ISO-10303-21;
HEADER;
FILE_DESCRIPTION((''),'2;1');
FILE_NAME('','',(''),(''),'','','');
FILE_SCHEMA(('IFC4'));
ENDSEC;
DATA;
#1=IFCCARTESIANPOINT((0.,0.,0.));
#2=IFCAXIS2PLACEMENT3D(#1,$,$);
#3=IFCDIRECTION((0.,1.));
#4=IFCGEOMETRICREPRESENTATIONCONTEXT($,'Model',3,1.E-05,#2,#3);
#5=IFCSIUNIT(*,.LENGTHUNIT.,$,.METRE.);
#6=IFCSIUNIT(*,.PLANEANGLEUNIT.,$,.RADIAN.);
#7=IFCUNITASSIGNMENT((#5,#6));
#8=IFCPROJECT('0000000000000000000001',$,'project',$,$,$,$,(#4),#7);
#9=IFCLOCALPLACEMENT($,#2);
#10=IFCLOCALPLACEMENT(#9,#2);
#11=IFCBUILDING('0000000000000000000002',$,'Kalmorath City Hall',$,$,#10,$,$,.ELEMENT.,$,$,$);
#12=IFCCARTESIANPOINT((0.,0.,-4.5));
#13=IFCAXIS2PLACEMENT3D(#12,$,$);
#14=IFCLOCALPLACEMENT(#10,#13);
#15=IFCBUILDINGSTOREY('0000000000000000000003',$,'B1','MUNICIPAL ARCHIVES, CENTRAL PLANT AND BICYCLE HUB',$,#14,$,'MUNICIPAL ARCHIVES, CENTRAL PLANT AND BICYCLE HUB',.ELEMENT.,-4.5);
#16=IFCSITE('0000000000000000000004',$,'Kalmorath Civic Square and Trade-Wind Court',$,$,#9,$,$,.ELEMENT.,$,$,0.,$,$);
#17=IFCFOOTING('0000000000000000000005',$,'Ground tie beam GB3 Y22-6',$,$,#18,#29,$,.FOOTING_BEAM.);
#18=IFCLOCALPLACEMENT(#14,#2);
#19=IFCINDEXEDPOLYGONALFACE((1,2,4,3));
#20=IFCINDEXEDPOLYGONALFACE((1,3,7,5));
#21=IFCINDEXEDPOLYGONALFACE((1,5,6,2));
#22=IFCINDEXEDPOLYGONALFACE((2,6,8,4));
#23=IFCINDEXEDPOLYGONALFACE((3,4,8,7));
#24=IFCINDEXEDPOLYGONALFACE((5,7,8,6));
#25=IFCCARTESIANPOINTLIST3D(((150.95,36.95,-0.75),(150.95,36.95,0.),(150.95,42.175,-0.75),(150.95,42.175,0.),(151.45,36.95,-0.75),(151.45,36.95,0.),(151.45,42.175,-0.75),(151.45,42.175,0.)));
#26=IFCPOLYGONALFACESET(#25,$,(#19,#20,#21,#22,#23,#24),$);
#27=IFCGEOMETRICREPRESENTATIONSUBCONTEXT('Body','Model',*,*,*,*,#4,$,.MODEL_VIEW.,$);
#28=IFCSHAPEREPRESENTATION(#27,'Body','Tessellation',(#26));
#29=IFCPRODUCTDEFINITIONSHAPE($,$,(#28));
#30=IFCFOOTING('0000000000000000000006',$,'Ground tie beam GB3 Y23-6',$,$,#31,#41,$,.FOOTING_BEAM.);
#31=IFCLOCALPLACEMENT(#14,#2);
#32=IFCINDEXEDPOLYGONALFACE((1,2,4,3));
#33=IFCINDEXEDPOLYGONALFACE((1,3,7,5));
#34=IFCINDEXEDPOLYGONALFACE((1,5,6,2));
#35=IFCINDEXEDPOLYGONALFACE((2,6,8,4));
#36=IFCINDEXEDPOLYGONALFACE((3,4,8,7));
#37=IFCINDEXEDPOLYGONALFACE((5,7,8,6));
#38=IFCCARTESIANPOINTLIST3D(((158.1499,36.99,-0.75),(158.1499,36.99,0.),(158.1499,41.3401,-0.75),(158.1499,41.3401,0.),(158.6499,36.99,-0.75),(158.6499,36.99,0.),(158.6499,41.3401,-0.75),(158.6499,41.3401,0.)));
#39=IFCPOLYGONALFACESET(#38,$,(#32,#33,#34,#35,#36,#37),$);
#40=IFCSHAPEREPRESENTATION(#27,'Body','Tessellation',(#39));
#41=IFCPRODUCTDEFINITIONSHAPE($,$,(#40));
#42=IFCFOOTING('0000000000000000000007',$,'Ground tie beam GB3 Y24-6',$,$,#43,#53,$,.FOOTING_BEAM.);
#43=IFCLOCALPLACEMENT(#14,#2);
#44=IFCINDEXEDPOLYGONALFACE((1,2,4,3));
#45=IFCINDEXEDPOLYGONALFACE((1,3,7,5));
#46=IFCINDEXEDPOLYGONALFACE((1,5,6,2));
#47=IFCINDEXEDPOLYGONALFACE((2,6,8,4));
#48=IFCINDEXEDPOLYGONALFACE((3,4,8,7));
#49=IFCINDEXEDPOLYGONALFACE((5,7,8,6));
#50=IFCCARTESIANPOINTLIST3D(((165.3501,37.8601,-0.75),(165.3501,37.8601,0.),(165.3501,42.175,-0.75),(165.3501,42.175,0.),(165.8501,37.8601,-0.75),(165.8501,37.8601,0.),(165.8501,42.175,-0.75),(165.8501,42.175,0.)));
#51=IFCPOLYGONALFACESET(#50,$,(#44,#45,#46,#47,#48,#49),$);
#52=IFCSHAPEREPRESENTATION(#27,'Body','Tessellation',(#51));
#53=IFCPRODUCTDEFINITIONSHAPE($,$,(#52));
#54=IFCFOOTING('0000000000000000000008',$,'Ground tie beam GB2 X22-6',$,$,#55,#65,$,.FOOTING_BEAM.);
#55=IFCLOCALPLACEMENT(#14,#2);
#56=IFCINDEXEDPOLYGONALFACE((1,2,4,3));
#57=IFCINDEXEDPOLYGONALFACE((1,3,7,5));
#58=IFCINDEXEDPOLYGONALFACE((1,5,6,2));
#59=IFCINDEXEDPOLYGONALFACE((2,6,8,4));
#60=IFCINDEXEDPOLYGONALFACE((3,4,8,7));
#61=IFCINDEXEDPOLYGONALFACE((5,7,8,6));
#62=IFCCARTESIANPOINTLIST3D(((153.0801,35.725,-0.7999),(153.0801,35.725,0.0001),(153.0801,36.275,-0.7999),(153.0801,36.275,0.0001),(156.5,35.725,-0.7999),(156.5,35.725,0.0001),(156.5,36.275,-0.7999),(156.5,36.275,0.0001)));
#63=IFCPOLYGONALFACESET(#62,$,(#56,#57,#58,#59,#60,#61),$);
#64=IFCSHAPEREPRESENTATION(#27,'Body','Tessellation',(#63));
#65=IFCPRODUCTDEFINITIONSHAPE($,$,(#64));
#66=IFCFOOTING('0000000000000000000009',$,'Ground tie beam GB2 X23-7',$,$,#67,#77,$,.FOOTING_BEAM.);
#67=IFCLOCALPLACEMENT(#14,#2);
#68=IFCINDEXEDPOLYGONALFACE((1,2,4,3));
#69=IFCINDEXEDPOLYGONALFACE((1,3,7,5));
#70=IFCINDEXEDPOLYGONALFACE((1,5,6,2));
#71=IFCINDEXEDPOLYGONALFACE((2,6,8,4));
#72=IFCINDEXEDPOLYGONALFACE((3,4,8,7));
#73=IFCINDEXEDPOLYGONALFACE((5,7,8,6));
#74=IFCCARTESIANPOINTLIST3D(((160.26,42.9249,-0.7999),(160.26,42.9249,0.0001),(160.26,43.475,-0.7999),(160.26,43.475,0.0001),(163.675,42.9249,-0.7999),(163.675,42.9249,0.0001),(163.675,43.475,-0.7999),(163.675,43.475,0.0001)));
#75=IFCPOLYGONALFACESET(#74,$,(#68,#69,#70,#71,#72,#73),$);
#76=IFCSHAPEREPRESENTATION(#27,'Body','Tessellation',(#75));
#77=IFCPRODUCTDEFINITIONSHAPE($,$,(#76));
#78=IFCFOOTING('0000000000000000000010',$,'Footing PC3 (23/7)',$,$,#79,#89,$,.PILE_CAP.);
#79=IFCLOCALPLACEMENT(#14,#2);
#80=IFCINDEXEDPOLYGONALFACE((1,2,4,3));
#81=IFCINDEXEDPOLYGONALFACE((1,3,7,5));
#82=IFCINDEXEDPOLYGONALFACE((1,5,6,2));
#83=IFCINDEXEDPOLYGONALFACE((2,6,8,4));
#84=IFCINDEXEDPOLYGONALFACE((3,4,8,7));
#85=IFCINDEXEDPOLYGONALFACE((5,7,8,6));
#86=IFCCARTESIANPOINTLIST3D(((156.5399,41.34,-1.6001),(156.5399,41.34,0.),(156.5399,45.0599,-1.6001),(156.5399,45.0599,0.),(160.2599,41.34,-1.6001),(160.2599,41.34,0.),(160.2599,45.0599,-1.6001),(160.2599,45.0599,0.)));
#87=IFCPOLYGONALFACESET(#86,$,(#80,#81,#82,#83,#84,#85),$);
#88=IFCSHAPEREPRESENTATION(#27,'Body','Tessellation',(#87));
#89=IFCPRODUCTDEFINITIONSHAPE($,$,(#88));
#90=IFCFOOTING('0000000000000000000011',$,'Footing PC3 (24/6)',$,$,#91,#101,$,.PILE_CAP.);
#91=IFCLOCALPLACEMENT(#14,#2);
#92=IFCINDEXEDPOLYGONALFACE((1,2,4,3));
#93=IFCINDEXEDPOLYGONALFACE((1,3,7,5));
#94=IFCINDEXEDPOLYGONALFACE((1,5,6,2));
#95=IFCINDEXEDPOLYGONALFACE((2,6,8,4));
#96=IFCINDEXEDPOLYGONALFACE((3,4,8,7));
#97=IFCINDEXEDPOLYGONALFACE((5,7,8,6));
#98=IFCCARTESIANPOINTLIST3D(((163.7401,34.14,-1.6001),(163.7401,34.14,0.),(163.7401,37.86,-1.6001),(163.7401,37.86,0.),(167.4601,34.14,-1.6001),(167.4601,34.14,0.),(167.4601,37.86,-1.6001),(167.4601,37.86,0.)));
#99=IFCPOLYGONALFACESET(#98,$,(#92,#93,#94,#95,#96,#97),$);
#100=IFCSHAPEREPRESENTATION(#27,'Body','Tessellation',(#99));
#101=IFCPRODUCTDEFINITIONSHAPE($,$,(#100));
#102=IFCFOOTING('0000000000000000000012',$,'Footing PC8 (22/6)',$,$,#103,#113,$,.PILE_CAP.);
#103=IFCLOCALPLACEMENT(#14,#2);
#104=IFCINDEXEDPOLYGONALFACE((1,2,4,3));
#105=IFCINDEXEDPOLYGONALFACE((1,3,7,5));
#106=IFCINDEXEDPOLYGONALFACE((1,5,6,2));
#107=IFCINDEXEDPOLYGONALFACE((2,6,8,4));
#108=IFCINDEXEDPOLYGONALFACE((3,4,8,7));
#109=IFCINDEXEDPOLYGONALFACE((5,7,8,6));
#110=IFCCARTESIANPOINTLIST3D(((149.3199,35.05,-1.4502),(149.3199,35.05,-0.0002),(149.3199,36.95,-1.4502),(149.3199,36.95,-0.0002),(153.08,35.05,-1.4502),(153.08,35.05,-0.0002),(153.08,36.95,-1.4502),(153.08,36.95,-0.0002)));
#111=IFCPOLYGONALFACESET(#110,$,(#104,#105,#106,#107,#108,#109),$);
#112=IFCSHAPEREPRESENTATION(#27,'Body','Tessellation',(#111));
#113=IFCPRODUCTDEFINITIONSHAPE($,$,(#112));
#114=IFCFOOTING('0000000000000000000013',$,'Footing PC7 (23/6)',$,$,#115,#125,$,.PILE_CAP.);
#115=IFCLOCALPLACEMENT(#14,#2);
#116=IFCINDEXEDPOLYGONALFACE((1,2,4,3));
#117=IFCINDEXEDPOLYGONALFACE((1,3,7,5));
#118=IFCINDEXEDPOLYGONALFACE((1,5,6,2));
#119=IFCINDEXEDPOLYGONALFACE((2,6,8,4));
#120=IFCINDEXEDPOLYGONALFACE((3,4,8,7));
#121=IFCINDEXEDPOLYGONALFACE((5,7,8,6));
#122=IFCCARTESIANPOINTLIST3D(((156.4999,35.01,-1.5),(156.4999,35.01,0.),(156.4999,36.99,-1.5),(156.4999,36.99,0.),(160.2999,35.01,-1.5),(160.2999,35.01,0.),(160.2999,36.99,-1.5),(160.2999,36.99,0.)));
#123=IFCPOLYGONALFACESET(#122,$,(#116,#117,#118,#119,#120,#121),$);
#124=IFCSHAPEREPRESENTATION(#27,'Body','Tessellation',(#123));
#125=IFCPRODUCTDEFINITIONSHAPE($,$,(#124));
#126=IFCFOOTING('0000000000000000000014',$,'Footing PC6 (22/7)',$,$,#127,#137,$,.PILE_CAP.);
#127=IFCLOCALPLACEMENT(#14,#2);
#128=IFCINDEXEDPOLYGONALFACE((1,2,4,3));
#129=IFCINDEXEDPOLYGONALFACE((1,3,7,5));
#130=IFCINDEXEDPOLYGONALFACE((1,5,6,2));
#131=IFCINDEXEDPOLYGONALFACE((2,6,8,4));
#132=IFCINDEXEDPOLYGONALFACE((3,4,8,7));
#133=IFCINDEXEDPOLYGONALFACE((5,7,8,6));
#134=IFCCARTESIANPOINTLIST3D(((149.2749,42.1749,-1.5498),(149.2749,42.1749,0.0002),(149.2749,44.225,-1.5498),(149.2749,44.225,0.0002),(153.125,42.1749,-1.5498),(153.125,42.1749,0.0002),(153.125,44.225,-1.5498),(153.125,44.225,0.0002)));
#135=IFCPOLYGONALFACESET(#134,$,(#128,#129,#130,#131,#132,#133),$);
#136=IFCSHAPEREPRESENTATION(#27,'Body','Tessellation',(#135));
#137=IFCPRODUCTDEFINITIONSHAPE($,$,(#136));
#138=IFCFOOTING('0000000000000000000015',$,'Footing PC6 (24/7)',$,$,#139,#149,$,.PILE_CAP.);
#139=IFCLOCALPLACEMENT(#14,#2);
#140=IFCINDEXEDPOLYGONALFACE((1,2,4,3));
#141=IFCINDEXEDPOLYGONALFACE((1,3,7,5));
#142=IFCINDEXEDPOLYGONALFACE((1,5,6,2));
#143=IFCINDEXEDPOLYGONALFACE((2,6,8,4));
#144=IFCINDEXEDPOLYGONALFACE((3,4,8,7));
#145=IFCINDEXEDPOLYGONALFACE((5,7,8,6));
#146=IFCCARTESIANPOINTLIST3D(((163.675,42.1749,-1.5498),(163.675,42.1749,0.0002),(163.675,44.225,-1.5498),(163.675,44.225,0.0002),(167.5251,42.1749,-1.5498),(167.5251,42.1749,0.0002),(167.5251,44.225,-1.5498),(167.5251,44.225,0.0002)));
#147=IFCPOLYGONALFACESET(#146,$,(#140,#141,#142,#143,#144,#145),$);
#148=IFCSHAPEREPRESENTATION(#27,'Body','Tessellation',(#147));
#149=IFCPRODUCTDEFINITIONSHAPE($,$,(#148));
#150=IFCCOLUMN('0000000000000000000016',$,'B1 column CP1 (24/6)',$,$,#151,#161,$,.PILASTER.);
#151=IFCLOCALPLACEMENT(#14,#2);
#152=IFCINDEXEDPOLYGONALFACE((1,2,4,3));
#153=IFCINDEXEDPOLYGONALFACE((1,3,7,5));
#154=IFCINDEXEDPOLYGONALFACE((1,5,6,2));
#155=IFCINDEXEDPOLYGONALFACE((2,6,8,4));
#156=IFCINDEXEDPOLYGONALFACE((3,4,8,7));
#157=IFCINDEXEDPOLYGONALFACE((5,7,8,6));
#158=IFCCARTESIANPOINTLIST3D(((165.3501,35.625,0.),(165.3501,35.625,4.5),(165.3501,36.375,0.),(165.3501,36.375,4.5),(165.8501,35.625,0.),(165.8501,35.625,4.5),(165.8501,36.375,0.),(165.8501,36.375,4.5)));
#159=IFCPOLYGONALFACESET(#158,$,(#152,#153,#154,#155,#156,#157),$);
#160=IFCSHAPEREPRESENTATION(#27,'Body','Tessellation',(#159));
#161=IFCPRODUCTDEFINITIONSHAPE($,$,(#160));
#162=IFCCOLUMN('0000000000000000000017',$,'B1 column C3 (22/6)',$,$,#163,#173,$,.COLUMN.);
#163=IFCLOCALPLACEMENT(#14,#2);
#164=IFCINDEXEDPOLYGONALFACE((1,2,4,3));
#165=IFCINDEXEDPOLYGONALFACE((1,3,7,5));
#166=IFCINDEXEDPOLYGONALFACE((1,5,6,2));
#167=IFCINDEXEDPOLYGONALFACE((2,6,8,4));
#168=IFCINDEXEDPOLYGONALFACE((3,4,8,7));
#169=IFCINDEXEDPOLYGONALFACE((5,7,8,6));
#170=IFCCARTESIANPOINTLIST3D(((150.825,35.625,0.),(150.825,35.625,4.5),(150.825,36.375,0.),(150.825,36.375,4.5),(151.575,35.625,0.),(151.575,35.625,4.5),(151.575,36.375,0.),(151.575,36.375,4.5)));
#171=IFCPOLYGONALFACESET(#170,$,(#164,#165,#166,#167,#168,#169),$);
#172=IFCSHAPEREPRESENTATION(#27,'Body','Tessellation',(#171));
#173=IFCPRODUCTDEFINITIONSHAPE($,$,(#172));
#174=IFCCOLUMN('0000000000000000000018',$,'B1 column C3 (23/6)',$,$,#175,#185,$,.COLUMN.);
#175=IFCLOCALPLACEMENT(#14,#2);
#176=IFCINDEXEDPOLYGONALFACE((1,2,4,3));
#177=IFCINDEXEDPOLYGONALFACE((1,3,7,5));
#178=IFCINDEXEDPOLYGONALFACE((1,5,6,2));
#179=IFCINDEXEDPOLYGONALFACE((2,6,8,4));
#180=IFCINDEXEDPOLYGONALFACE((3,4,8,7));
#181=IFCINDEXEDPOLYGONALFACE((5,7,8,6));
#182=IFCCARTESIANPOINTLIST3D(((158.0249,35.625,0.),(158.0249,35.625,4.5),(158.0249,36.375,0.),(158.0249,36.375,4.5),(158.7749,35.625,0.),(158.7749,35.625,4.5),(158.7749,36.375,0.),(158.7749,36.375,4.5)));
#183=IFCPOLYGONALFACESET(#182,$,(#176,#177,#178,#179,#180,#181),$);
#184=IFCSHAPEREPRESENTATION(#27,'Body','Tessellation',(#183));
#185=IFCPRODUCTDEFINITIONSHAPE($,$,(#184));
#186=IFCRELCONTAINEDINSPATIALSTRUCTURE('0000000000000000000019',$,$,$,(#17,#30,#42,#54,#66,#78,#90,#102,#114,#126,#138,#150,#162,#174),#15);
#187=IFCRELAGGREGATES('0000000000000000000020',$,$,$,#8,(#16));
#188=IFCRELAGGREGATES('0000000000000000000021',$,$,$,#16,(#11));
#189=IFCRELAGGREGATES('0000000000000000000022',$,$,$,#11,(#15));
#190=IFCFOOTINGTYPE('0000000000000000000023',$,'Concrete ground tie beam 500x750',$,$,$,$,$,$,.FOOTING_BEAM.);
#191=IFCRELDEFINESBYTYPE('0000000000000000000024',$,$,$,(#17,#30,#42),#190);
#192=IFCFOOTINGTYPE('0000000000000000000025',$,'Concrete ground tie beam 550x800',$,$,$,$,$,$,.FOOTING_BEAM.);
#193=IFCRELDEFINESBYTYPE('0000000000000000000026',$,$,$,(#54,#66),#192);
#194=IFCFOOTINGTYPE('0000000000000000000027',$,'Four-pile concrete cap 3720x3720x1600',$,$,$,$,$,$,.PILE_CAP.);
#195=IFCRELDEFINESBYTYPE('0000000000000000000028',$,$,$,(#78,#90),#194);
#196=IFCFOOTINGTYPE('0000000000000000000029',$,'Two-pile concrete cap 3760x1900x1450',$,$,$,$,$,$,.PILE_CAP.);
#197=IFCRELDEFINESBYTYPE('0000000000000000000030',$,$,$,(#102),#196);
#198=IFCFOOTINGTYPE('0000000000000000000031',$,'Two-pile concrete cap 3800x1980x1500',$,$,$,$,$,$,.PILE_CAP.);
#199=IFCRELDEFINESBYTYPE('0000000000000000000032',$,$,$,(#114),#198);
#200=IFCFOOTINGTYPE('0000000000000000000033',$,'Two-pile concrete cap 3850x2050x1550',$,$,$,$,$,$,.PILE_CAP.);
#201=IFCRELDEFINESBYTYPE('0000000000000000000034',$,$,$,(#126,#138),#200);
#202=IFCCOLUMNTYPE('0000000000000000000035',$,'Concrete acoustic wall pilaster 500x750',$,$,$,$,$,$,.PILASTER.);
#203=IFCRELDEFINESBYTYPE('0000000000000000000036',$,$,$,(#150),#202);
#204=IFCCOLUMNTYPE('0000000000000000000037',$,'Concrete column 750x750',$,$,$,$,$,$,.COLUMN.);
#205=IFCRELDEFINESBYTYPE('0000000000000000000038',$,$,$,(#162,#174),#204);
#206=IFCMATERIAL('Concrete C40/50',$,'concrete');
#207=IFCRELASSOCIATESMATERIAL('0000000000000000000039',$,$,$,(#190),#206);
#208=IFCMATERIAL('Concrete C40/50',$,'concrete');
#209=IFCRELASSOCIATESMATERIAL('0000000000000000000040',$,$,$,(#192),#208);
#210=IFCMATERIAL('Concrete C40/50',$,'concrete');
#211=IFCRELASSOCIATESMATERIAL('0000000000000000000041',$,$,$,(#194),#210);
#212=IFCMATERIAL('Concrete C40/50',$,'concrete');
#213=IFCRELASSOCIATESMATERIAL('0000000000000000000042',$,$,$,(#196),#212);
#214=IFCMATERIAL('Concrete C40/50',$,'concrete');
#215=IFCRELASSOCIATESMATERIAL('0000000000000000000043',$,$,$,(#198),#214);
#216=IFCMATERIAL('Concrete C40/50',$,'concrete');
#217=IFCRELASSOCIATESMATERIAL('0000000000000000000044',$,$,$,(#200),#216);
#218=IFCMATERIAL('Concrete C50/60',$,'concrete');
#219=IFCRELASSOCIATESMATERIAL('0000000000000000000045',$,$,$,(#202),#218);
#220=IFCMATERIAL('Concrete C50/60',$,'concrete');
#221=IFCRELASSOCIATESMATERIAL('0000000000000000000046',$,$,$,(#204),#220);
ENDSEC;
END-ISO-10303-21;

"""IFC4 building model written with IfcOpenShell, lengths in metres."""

from ifc_helpers import new_model, si_unit, direction, frame, origin, origin_2d, place, context, subcontext, project, spatial, rectangle, extrude, material, material_profile, profile_set, type_object, element, save


model = new_model("IFC4")

# Units and contexts
model_context = context("Model", 3, precision=1e-05, world=origin(), true_north=direction((0.0, 1.0)))
body_context = subcontext(model_context, "Body", "Model", "MODEL_VIEW")
ifc_project = project(units=[si_unit("LENGTHUNIT", "METRE"), si_unit("PLANEANGLEUNIT", "RADIAN")], contexts=[model_context])

# Site, building, storey
site_placement = place(None, origin())
site = spatial("IfcSite", under=ifc_project, at=site_placement, Name="Kalmorath Civic Square and Trade-Wind Court", CompositionType="ELEMENT", RefElevation=0.0)
building_placement = place(site_placement, origin())
building = spatial("IfcBuilding", under=site, at=building_placement, Name="Kalmorath City Hall", CompositionType="ELEMENT")
storey_placement = place(building_placement, frame((0.0, 0.0, -4.5)))
storey = spatial("IfcBuildingStorey", under=building, at=storey_placement, Name="B1", Description="MUNICIPAL ARCHIVES, CENTRAL PLANT AND BICYCLE HUB", LongName="MUNICIPAL ARCHIVES, CENTRAL PLANT AND BICYCLE HUB", CompositionType="ELEMENT", Elevation=-4.5)

# Footings
ifc_material_1 = material(Name="Concrete C40/50", Category="concrete")
ifc_material_profile_1 = material_profile(ifc_material_1, rectangle(XDim=0.5, YDim=0.75, at=origin_2d()), Name="RC-BM-500X750")
ifc_profile_set_1 = profile_set([ifc_material_profile_1], Name="Concrete C40/50")
footing_type_1 = type_object("IfcFootingType", Name="Concrete ground tie beam 500x750", PredefinedType="FOOTING_BEAM", material=ifc_profile_set_1)
footing_1_placement = place(storey_placement, frame((151.2, 36.95, -0.375), z_axis=(0.0, 1.0, 0.0), x_axis=(-1.0, 0.0, 0.0)))
element("IfcFooting", 1, at=footing_1_placement, inside=storey, type_object=footing_type_1, Name="Ground tie beam GB3 Y22-6", PredefinedType="FOOTING_BEAM", context=body_context, shape_type="SweptSolid", body=[
    extrude(rectangle(XDim=0.5, YDim=0.75, at=origin_2d()), origin(), (0.0, 0.0, 1.0), 5.2251),
])
footing_2_placement = place(storey_placement, frame((158.3999, 36.99, -0.375), z_axis=(0.0, 1.0, 0.0), x_axis=(-1.0, 0.0, 0.0)))
element("IfcFooting", 2, at=footing_2_placement, inside=storey, type_object=footing_type_1, Name="Ground tie beam GB3 Y23-6", PredefinedType="FOOTING_BEAM", context=body_context, shape_type="SweptSolid", body=[
    extrude(rectangle(XDim=0.5, YDim=0.75, at=origin_2d()), origin(), (0.0, 0.0, 1.0), 4.3501),
])
footing_3_placement = place(storey_placement, frame((165.6001, 37.8601, -0.375), z_axis=(0.0, 1.0, 0.0), x_axis=(-1.0, 0.0, 0.0)))
element("IfcFooting", 3, at=footing_3_placement, inside=storey, type_object=footing_type_1, Name="Ground tie beam GB3 Y24-6", PredefinedType="FOOTING_BEAM", context=body_context, shape_type="SweptSolid", body=[
    extrude(rectangle(XDim=0.5, YDim=0.75, at=origin_2d()), origin(), (0.0, 0.0, 1.0), 4.3149),
])
ifc_material_2 = material(Name="Concrete C40/50", Category="concrete")
ifc_material_profile_2 = material_profile(ifc_material_2, rectangle(XDim=0.55, YDim=0.8, at=origin_2d()), Name="RC-BM-550X800")
ifc_profile_set_2 = profile_set([ifc_material_profile_2], Name="Concrete C40/50")
footing_type_2 = type_object("IfcFootingType", Name="Concrete ground tie beam 550x800", PredefinedType="FOOTING_BEAM", material=ifc_profile_set_2)
footing_4_placement = place(storey_placement, frame((153.0801, 36.0, -0.3999), z_axis=(1.0, 0.0, 0.0), x_axis=(0.0, 1.0, 0.0)))
element("IfcFooting", 4, at=footing_4_placement, inside=storey, type_object=footing_type_2, Name="Ground tie beam GB2 X22-6", PredefinedType="FOOTING_BEAM", context=body_context, shape_type="SweptSolid", body=[
    extrude(rectangle(XDim=0.55, YDim=0.8, at=origin_2d()), origin(), (0.0, 0.0, 1.0), 3.4199),
])
footing_5_placement = place(storey_placement, frame((160.26, 43.2, -0.3999), z_axis=(1.0, 0.0, 0.0), x_axis=(0.0, 1.0, 0.0)))
element("IfcFooting", 5, at=footing_5_placement, inside=storey, type_object=footing_type_2, Name="Ground tie beam GB2 X23-7", PredefinedType="FOOTING_BEAM", context=body_context, shape_type="SweptSolid", body=[
    extrude(rectangle(XDim=0.55, YDim=0.8, at=origin_2d()), origin(), (0.0, 0.0, 1.0), 3.415),
])
ifc_material_3 = material(Name="Concrete C40/50", Category="concrete")
footing_type_3 = type_object("IfcFootingType", Name="Four-pile concrete cap 3720x3720x1600", PredefinedType="PILE_CAP", material=ifc_material_3)
for number, where, z_axis, x_axis, name in (
    (6, (158.3999, 43.2, -1.6001), (0.0, 0.0, 1.0), (1.0, 0.0, 0.0), "Footing PC3 (23/7)"),
    (7, (165.6001, 36.0, -1.6001), (0.0, 0.0, 1.0), (1.0, 0.0, 0.0), "Footing PC3 (24/6)"),
):
    element("IfcFooting", number, at=place(storey_placement, frame(where, z_axis=z_axis, x_axis=x_axis)), inside=storey, type_object=footing_type_3, Name=name, PredefinedType="PILE_CAP", context=body_context, shape_type="SweptSolid", body=[
        extrude(rectangle(XDim=3.72, YDim=3.72, at=origin_2d()), origin(), (0.0, 0.0, 1.0), 1.6001),
    ])
ifc_material_4 = material(Name="Concrete C40/50", Category="concrete")
footing_type_4 = type_object("IfcFootingType", Name="Two-pile concrete cap 3760x1900x1450", PredefinedType="PILE_CAP", material=ifc_material_4)
footing_6_placement = place(storey_placement, frame((151.2, 36.0, -1.4502), z_axis=(0.0, 0.0, 1.0), x_axis=(1.0, 0.0, 0.0)))
element("IfcFooting", 8, at=footing_6_placement, inside=storey, type_object=footing_type_4, Name="Footing PC8 (22/6)", PredefinedType="PILE_CAP", context=body_context, shape_type="SweptSolid", body=[
    extrude(rectangle(XDim=3.76, YDim=1.8999, at=origin_2d()), origin(), (0.0, 0.0, 1.0), 1.45),
])
ifc_material_5 = material(Name="Concrete C40/50", Category="concrete")
footing_type_5 = type_object("IfcFootingType", Name="Two-pile concrete cap 3800x1980x1500", PredefinedType="PILE_CAP", material=ifc_material_5)
footing_7_placement = place(storey_placement, frame((158.3999, 36.0, -1.5), z_axis=(0.0, 0.0, 1.0), x_axis=(1.0, 0.0, 0.0)))
element("IfcFooting", 9, at=footing_7_placement, inside=storey, type_object=footing_type_5, Name="Footing PC7 (23/6)", PredefinedType="PILE_CAP", context=body_context, shape_type="SweptSolid", body=[
    extrude(rectangle(XDim=3.8, YDim=1.98, at=origin_2d()), origin(), (0.0, 0.0, 1.0), 1.5),
])
ifc_material_6 = material(Name="Concrete C40/50", Category="concrete")
footing_type_6 = type_object("IfcFootingType", Name="Two-pile concrete cap 3850x2050x1550", PredefinedType="PILE_CAP", material=ifc_material_6)
for number, where, z_axis, x_axis, name in (
    (10, (151.2, 43.2, -1.5498), (0.0, 0.0, 1.0), (1.0, 0.0, 0.0), "Footing PC6 (22/7)"),
    (11, (165.6001, 43.2, -1.5498), (0.0, 0.0, 1.0), (1.0, 0.0, 0.0), "Footing PC6 (24/7)"),
):
    element("IfcFooting", number, at=place(storey_placement, frame(where, z_axis=z_axis, x_axis=x_axis)), inside=storey, type_object=footing_type_6, Name=name, PredefinedType="PILE_CAP", context=body_context, shape_type="SweptSolid", body=[
        extrude(rectangle(XDim=3.8501, YDim=2.05, at=origin_2d()), origin(), (0.0, 0.0, 1.0), 1.55),
    ])

# Columns
ifc_material_7 = material(Name="Concrete C50/60", Category="concrete")
ifc_material_profile_3 = material_profile(ifc_material_7, rectangle(XDim=0.5, YDim=0.75, at=origin_2d()), Name="RC-PIL-500X750")
ifc_profile_set_3 = profile_set([ifc_material_profile_3], Name="Concrete C50/60")
column_type_1 = type_object("IfcColumnType", Name="Concrete acoustic wall pilaster 500x750", PredefinedType="PILASTER", material=ifc_profile_set_3)
column_placement = place(storey_placement, frame((165.6001, 36.0, 0.0), z_axis=(0.0, 0.0, 1.0), x_axis=(1.0, 0.0, 0.0)))
element("IfcColumn", 12, at=column_placement, inside=storey, type_object=column_type_1, Name="B1 column CP1 (24/6)", PredefinedType="PILASTER", context=body_context, shape_type="SweptSolid", body=[
    extrude(rectangle(XDim=0.5, YDim=0.75, at=origin_2d()), origin(), (0.0, 0.0, 1.0), 4.5),
])
ifc_material_8 = material(Name="Concrete C50/60", Category="concrete")
ifc_material_profile_4 = material_profile(ifc_material_8, rectangle(XDim=0.75, YDim=0.75, at=origin_2d()), Name="RC-COL-750X750")
ifc_profile_set_4 = profile_set([ifc_material_profile_4], Name="Concrete C50/60")
column_type_2 = type_object("IfcColumnType", Name="Concrete column 750x750", PredefinedType="COLUMN", material=ifc_profile_set_4)
for number, where, z_axis, x_axis, name in (
    (13, (151.2, 36.0, 0.0), (0.0, 0.0, 1.0), (1.0, 0.0, 0.0), "B1 column C3 (22/6)"),
    (14, (158.3999, 36.0, 0.0), (0.0, 0.0, 1.0), (1.0, 0.0, 0.0), "B1 column C3 (23/6)"),
):
    element("IfcColumn", number, at=place(storey_placement, frame(where, z_axis=z_axis, x_axis=x_axis)), inside=storey, type_object=column_type_2, Name=name, PredefinedType="COLUMN", context=body_context, shape_type="SweptSolid", body=[
        extrude(rectangle(XDim=0.75, YDim=0.75, at=origin_2d()), origin(), (0.0, 0.0, 1.0), 4.5),
    ])

save(model, "model.ifc")
